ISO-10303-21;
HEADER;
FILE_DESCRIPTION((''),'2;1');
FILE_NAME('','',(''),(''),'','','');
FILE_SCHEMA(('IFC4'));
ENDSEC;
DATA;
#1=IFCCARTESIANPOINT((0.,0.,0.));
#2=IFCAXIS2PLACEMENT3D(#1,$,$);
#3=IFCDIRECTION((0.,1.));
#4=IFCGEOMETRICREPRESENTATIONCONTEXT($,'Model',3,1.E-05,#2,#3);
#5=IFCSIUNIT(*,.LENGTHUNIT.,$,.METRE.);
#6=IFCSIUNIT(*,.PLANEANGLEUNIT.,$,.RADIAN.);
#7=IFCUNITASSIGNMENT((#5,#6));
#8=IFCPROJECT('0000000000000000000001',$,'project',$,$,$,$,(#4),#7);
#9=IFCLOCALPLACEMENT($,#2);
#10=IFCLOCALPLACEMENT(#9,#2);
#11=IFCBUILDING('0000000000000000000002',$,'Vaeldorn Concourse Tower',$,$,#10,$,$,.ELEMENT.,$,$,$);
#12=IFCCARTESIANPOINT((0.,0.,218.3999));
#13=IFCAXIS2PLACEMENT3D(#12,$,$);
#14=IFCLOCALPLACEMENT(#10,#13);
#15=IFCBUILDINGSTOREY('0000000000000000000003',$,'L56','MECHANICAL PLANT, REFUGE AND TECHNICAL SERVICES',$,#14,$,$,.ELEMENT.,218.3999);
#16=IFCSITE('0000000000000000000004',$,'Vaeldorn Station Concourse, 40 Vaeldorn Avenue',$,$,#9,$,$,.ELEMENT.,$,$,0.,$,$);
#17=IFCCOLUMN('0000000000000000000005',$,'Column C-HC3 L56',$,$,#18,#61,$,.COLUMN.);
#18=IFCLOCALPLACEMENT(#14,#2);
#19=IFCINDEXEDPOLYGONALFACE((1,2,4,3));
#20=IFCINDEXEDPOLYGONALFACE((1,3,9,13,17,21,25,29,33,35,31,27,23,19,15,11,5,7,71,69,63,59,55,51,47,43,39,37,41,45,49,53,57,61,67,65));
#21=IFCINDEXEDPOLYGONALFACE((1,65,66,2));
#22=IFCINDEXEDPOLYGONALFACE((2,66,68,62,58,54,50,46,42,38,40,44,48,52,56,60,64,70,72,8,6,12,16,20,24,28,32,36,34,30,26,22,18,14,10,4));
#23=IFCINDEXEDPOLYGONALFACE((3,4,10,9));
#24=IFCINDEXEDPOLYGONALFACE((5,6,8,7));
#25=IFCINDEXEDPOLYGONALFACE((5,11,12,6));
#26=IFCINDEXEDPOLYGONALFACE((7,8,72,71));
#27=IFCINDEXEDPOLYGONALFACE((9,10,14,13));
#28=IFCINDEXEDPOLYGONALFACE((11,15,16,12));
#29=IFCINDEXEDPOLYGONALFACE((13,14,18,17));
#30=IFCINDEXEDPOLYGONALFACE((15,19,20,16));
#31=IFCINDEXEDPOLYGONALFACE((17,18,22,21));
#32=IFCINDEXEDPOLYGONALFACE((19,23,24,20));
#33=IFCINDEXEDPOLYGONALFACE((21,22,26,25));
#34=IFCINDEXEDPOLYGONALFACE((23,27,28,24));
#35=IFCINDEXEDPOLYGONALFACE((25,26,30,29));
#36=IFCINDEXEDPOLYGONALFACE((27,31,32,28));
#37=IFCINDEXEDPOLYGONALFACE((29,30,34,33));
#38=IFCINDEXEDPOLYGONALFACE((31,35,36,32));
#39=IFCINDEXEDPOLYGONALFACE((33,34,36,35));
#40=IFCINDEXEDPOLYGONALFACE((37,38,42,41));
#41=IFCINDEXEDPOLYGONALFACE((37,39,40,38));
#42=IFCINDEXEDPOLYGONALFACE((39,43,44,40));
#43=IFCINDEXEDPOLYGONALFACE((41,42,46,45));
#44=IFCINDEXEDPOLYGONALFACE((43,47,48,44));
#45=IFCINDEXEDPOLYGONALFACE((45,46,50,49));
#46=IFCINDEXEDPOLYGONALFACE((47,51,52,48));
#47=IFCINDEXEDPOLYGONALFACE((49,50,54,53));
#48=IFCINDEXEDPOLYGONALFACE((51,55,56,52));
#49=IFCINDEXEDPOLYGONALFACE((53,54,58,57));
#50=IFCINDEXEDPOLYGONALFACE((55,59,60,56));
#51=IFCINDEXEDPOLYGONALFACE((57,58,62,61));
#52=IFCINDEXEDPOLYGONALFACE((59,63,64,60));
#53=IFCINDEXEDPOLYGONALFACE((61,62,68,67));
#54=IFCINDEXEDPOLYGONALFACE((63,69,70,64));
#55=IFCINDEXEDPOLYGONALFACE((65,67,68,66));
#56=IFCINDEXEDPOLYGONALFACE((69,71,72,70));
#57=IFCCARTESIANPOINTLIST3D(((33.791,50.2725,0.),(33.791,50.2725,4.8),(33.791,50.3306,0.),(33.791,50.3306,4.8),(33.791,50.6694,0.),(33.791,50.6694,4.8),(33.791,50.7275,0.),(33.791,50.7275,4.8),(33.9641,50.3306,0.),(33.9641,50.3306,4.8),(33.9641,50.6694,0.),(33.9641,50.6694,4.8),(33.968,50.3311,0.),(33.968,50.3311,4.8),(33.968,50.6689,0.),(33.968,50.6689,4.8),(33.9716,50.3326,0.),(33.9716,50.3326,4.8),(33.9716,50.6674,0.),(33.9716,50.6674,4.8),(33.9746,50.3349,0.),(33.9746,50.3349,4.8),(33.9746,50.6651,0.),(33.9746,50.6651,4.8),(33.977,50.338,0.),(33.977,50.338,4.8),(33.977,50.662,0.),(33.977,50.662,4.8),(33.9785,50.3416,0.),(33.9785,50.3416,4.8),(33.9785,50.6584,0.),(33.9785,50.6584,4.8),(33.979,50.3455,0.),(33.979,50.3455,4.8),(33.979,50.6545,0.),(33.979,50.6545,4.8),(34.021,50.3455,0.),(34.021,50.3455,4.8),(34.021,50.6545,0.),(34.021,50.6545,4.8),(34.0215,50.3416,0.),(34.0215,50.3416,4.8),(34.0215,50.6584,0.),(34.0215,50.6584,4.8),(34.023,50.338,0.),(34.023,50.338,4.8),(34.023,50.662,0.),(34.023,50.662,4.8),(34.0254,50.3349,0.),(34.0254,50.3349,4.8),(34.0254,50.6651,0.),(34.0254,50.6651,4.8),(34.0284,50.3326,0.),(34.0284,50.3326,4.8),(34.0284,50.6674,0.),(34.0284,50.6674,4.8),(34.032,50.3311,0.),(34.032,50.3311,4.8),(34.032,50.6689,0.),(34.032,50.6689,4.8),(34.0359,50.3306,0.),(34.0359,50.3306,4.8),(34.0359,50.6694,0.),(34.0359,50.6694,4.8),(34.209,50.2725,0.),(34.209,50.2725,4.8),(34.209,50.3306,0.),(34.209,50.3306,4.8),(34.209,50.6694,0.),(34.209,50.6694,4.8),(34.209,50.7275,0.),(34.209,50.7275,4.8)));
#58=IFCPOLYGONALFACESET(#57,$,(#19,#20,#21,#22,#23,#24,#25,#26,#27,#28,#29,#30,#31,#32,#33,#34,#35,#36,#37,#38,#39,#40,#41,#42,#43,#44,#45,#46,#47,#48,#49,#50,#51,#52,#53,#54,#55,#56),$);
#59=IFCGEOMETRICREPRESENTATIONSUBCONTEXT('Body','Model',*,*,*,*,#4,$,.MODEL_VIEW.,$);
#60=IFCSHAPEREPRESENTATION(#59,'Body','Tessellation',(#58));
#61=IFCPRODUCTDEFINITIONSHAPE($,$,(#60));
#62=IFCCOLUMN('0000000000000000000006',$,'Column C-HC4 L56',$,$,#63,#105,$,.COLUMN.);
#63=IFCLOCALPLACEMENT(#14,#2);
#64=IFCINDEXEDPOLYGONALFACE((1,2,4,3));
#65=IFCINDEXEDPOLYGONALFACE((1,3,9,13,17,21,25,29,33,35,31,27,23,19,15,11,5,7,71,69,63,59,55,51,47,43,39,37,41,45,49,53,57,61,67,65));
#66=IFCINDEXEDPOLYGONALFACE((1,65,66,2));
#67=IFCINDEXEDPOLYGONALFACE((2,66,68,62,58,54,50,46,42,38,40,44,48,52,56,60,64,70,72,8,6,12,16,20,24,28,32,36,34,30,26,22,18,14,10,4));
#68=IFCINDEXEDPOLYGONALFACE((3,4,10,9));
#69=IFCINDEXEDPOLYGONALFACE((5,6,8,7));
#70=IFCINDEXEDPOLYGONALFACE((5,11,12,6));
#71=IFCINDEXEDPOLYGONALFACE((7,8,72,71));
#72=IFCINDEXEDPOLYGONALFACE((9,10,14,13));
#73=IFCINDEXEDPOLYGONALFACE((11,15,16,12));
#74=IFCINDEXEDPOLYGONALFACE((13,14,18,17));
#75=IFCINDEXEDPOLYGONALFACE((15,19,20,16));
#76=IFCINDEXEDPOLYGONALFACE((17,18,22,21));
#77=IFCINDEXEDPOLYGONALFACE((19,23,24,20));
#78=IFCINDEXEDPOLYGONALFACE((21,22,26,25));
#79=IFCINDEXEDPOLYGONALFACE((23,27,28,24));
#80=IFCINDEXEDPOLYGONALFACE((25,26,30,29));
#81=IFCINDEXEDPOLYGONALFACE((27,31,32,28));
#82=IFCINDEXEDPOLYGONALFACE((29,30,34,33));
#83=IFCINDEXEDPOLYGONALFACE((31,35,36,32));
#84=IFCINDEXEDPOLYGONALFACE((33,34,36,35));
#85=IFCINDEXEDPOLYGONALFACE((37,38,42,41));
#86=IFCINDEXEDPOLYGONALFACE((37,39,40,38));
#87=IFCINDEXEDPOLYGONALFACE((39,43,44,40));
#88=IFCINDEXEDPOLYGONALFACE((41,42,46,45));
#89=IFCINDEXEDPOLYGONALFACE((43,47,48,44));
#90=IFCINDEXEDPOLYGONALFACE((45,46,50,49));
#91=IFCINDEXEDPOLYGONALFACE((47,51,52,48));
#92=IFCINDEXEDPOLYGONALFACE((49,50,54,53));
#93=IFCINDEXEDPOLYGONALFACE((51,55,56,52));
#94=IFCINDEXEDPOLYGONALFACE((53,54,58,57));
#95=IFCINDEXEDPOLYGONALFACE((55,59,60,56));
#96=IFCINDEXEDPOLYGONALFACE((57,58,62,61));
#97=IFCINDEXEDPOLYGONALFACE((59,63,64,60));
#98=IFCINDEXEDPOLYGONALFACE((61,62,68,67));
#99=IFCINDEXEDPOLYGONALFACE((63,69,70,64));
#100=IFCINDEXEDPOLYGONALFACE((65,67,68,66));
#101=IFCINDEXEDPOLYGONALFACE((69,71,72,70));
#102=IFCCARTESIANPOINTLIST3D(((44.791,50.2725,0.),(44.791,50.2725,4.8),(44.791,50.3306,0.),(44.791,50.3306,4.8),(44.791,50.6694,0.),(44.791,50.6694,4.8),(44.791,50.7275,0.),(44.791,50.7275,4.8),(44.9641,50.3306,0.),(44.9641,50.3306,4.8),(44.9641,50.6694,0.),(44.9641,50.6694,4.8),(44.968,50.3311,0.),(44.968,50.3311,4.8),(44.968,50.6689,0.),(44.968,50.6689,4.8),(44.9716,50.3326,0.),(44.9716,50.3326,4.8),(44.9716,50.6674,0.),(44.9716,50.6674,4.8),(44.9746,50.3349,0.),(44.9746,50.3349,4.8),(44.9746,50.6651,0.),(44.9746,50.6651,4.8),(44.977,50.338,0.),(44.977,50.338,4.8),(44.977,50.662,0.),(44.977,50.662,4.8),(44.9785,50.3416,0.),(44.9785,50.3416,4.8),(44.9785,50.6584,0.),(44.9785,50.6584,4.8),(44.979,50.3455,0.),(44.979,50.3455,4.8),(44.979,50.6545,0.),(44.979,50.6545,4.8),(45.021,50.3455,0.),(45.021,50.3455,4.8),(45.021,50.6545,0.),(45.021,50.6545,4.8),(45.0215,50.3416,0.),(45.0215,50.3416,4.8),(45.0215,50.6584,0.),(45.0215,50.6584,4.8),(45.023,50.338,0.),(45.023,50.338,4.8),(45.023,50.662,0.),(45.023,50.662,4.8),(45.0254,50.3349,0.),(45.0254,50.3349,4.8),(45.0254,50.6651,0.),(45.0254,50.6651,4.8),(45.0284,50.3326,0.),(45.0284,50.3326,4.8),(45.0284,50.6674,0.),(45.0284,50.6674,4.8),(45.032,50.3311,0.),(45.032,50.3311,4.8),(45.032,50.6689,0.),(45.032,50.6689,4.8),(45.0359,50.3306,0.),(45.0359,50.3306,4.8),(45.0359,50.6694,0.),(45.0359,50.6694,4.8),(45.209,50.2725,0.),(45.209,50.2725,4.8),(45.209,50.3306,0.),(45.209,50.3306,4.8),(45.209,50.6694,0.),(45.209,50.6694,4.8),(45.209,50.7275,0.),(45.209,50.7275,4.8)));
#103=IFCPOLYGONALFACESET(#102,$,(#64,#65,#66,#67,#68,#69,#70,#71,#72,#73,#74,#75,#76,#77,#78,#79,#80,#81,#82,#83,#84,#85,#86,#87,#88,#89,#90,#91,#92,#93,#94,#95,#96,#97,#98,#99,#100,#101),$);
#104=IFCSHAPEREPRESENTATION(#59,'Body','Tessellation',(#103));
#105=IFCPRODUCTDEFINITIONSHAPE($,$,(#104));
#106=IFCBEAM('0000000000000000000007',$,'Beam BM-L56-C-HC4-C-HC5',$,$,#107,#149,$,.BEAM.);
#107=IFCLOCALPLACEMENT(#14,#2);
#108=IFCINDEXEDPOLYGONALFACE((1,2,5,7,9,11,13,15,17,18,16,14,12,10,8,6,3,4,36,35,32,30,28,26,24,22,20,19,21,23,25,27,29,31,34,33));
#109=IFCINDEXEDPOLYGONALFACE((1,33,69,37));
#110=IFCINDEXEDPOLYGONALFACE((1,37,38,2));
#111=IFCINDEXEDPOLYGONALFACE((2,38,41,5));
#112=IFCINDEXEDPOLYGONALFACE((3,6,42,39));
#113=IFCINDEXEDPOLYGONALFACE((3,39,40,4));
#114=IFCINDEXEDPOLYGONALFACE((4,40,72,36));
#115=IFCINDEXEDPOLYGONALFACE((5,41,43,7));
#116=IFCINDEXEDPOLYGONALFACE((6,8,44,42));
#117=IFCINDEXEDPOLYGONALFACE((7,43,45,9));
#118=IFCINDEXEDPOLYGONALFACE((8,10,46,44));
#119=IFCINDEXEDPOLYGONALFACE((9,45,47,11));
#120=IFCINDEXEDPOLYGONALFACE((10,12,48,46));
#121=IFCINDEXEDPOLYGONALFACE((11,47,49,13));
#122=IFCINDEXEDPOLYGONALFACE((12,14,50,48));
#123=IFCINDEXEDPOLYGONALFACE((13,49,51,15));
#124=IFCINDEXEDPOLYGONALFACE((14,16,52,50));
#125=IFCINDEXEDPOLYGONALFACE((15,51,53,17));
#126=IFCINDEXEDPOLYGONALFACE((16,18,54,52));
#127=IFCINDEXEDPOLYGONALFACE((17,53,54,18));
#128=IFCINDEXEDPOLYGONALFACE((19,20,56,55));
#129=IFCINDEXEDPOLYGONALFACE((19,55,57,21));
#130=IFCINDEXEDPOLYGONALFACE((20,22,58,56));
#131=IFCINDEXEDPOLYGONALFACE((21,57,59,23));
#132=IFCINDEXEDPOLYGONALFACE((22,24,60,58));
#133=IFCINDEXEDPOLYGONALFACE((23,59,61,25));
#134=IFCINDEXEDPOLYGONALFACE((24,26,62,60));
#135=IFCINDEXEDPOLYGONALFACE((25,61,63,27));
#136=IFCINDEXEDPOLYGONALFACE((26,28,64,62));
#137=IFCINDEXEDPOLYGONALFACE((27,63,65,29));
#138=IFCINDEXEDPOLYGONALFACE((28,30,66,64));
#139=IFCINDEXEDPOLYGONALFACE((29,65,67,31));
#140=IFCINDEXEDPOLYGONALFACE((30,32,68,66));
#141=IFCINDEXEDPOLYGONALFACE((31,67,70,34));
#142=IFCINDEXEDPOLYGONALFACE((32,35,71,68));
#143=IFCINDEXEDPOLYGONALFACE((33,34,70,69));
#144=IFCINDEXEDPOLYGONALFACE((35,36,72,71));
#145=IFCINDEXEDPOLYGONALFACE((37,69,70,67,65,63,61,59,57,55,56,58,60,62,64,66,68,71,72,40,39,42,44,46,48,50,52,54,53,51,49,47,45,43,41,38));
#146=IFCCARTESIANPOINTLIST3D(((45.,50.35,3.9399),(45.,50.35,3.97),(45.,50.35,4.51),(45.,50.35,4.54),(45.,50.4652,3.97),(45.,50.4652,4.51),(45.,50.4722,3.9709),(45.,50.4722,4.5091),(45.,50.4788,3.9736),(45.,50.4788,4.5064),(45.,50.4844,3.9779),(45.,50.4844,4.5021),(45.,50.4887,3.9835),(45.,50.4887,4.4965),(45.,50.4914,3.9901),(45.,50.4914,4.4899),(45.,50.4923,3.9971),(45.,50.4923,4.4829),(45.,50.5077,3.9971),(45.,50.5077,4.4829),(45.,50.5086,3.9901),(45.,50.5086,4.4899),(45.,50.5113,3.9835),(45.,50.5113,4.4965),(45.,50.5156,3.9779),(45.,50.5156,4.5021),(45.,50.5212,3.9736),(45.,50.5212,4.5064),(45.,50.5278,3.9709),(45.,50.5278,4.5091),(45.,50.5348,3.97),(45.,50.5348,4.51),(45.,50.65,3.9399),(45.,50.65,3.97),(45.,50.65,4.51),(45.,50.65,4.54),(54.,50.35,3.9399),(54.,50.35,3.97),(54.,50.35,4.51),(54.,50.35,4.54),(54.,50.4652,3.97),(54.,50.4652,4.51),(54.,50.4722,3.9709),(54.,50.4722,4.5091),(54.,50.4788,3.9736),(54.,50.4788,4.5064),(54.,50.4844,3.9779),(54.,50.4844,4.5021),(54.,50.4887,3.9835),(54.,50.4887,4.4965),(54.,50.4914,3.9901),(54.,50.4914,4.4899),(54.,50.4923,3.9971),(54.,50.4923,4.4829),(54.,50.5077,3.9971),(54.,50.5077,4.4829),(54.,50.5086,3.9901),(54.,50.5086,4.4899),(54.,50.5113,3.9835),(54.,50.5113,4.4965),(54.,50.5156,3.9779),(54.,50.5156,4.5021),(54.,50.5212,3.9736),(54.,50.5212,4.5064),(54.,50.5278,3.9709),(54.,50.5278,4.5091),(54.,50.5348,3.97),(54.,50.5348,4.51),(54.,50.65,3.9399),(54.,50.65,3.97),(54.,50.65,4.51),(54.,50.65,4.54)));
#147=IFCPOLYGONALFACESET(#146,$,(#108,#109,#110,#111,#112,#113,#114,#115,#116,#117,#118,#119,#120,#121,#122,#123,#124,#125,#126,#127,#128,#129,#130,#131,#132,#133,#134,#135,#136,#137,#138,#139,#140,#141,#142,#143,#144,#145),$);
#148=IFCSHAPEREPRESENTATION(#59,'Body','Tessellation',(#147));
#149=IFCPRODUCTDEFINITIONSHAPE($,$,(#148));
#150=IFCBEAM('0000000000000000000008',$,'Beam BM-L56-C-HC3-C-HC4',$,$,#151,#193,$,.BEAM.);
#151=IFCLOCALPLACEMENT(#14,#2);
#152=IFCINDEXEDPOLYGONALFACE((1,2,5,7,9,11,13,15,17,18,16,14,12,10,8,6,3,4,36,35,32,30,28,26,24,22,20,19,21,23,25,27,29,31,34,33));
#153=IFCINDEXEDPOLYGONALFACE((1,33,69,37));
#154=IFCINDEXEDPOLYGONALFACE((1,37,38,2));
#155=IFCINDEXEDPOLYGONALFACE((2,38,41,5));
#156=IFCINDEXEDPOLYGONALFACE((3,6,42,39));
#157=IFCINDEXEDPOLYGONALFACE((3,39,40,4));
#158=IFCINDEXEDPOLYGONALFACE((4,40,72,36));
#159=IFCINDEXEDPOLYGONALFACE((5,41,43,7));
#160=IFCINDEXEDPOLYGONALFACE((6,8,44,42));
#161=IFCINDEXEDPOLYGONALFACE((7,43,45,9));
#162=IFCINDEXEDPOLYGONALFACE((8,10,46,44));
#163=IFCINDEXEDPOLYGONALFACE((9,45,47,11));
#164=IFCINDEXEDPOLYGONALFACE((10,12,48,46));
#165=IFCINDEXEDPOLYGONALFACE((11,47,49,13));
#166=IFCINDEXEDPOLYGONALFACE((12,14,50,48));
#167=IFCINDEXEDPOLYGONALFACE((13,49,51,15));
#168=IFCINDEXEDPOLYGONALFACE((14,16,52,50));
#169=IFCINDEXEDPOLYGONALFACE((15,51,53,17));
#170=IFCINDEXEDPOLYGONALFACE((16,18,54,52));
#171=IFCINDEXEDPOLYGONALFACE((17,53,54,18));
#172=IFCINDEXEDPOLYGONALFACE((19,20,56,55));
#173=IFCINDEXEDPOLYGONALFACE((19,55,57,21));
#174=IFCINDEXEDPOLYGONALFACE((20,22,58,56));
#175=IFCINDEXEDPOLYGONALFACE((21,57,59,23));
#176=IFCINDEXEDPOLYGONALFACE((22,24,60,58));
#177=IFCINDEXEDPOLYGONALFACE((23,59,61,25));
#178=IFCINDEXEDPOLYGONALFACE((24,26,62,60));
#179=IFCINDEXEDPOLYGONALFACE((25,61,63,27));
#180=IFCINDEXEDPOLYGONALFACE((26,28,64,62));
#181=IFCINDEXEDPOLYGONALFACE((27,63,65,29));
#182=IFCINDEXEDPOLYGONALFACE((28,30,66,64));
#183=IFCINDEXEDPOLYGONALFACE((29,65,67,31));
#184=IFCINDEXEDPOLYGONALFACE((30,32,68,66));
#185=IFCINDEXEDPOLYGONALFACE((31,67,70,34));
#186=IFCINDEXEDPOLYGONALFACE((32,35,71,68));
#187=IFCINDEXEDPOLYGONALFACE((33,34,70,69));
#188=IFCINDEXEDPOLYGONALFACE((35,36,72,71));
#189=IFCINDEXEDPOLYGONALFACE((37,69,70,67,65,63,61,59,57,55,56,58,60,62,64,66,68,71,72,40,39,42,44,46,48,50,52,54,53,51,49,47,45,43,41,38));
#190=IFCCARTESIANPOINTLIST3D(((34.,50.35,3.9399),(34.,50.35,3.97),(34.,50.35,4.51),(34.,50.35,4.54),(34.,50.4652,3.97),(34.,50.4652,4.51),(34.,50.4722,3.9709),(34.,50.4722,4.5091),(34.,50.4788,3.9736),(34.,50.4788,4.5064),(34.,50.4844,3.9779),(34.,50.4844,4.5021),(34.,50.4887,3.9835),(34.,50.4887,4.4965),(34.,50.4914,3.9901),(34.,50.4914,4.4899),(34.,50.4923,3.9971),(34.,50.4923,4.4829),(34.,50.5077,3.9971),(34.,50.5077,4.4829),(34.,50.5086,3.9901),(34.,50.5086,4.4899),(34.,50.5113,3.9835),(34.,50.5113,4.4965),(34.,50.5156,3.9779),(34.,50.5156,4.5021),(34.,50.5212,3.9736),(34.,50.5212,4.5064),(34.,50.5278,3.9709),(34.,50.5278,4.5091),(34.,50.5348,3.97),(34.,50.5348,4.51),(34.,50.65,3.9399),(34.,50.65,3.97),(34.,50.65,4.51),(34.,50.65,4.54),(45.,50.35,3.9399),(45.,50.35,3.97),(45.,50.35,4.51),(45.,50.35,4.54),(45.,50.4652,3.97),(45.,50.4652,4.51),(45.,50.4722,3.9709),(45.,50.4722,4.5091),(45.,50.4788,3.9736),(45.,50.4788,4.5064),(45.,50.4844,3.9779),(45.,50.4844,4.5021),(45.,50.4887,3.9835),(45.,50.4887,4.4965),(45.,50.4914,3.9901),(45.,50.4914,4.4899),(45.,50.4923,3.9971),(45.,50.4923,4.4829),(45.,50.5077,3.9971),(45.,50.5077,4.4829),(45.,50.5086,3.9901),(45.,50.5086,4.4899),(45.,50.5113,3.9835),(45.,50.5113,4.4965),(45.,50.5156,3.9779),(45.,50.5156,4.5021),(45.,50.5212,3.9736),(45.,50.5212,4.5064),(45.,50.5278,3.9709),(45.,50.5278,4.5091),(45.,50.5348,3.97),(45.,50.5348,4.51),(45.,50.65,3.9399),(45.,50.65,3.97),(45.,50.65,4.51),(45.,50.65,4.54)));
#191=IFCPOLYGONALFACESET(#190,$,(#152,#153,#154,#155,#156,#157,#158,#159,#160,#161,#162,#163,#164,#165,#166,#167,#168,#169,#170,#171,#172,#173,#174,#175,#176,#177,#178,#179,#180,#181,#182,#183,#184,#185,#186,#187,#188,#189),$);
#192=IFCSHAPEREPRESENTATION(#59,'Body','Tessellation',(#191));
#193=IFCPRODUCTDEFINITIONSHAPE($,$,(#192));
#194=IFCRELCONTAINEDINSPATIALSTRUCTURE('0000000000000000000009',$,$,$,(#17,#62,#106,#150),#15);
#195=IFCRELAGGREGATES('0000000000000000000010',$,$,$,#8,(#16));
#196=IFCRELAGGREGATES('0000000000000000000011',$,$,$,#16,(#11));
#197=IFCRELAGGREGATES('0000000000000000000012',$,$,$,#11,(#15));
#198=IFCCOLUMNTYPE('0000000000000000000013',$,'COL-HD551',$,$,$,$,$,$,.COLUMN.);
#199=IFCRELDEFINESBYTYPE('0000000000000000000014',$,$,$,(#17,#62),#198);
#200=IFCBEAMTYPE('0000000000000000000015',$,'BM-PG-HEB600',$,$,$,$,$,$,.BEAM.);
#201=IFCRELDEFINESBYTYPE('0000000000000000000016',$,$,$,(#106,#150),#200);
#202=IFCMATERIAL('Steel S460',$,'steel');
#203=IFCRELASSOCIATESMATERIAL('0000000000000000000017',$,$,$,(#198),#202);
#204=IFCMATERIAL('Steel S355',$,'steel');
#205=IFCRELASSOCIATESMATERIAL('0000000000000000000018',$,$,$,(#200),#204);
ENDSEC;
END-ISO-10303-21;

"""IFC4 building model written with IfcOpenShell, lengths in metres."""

from ifc_helpers import new_model, si_unit, direction, frame, origin, origin_2d, place, context, subcontext, project, spatial, i_section, extrude, source, transform, mapped, material, material_profile, profile_set, type_object, element, save


model = new_model("IFC4")

# Units and contexts
model_context = context("Model", 3, precision=1e-05, world=origin(), true_north=direction((0.0, 1.0)))
body_context = subcontext(model_context, "Body", "Model", "MODEL_VIEW")
ifc_project = project(units=[si_unit("LENGTHUNIT", "METRE"), si_unit("PLANEANGLEUNIT", "RADIAN")], contexts=[model_context])

# Site, building, storey
site_placement = place(None, origin())
site = spatial("IfcSite", under=ifc_project, at=site_placement, Name="Vaeldorn Station Concourse, 40 Vaeldorn Avenue", CompositionType="ELEMENT", RefElevation=0.0)
building_placement = place(site_placement, origin())
building = spatial("IfcBuilding", under=site, at=building_placement, Name="Vaeldorn Concourse Tower", CompositionType="ELEMENT")
storey_placement = place(building_placement, frame((0.0, 0.0, 218.3999)))
storey = spatial("IfcBuildingStorey", under=building, at=storey_placement, Name="L56", Description="MECHANICAL PLANT, REFUGE AND TECHNICAL SERVICES", CompositionType="ELEMENT", Elevation=218.3999)

# Columns
ifc_material_1 = material(Name="Steel S460", Category="steel")
ifc_material_profile_1 = material_profile(ifc_material_1, i_section(OverallWidth=0.418, OverallDepth=0.4551, WebThickness=0.042, FlangeThickness=0.0581, FilletRadius=0.0149, at=origin_2d()), Name="HD 400x551")
ifc_profile_set_1 = profile_set([ifc_material_profile_1], Name="Steel S460")
column_type = type_object("IfcColumnType", Name="COL-HD551", PredefinedType="COLUMN", material=ifc_profile_set_1)
shared_shape_1 = source(origin(), body_context, "Body", "SweptSolid", [
    extrude(i_section(OverallWidth=0.418, OverallDepth=0.4551, WebThickness=0.042, FlangeThickness=0.0581, FilletRadius=0.0149, at=origin_2d()), origin(), (0.0, 0.0, 1.0), 4.8),
])
for number, where, z_axis, x_axis, name in (
    (1, (34.0, 50.5, 0.0), (0.0, 0.0, 1.0), (1.0, 0.0, 0.0), "Column C-HC3 L56"),
    (2, (45.0, 50.5, 0.0), (0.0, 0.0, 1.0), (1.0, 0.0, 0.0), "Column C-HC4 L56"),
):
    element("IfcColumn", number, at=place(storey_placement, frame(where, z_axis=z_axis, x_axis=x_axis)), inside=storey, type_object=column_type, Name=name, PredefinedType="COLUMN", context=body_context, shape_type="MappedRepresentation", body=[
        mapped(shared_shape_1, transform((0.0, 0.0, 0.0), scale=1.0)),
    ])

# Beams
ifc_material_2 = material(Name="Steel S355", Category="steel")
ifc_material_profile_2 = material_profile(ifc_material_2, i_section(OverallWidth=0.3, OverallDepth=0.6001, WebThickness=0.0154, FlangeThickness=0.03, FilletRadius=0.0271, at=origin_2d()), Name="HEB 600")
ifc_profile_set_2 = profile_set([ifc_material_profile_2], Name="Steel S355")
beam_type = type_object("IfcBeamType", Name="BM-PG-HEB600", PredefinedType="BEAM", material=ifc_profile_set_2)
shared_shape_2 = source(origin(), body_context, "Body", "SweptSolid", [
    extrude(i_section(OverallWidth=0.3, OverallDepth=0.6001, WebThickness=0.0154, FlangeThickness=0.03, FilletRadius=0.0271, at=origin_2d()), origin(), (0.0, 0.0, 1.0), 9.0),
])
beam_1_placement = place(storey_placement, frame((45.0, 50.5, 4.24), z_axis=(1.0, 0.0, 0.0), x_axis=(0.0, 1.0, 0.0)))
element("IfcBeam", 3, at=beam_1_placement, inside=storey, type_object=beam_type, Name="Beam BM-L56-C-HC4-C-HC5", PredefinedType="BEAM", context=body_context, shape_type="MappedRepresentation", body=[
    mapped(shared_shape_2, transform((0.0, 0.0, 0.0), scale=1.0)),
])
shared_shape_3 = source(origin(), body_context, "Body", "SweptSolid", [
    extrude(i_section(OverallWidth=0.3, OverallDepth=0.6001, WebThickness=0.0154, FlangeThickness=0.03, FilletRadius=0.0271, at=origin_2d()), origin(), (0.0, 0.0, 1.0), 11.0),
])
beam_2_placement = place(storey_placement, frame((34.0, 50.5, 4.24), z_axis=(1.0, 0.0, 0.0), x_axis=(0.0, 1.0, 0.0)))
element("IfcBeam", 4, at=beam_2_placement, inside=storey, type_object=beam_type, Name="Beam BM-L56-C-HC3-C-HC4", PredefinedType="BEAM", context=body_context, shape_type="MappedRepresentation", body=[
    mapped(shared_shape_3, transform((0.0, 0.0, 0.0), scale=1.0)),
])

save(model, "model.ifc")
